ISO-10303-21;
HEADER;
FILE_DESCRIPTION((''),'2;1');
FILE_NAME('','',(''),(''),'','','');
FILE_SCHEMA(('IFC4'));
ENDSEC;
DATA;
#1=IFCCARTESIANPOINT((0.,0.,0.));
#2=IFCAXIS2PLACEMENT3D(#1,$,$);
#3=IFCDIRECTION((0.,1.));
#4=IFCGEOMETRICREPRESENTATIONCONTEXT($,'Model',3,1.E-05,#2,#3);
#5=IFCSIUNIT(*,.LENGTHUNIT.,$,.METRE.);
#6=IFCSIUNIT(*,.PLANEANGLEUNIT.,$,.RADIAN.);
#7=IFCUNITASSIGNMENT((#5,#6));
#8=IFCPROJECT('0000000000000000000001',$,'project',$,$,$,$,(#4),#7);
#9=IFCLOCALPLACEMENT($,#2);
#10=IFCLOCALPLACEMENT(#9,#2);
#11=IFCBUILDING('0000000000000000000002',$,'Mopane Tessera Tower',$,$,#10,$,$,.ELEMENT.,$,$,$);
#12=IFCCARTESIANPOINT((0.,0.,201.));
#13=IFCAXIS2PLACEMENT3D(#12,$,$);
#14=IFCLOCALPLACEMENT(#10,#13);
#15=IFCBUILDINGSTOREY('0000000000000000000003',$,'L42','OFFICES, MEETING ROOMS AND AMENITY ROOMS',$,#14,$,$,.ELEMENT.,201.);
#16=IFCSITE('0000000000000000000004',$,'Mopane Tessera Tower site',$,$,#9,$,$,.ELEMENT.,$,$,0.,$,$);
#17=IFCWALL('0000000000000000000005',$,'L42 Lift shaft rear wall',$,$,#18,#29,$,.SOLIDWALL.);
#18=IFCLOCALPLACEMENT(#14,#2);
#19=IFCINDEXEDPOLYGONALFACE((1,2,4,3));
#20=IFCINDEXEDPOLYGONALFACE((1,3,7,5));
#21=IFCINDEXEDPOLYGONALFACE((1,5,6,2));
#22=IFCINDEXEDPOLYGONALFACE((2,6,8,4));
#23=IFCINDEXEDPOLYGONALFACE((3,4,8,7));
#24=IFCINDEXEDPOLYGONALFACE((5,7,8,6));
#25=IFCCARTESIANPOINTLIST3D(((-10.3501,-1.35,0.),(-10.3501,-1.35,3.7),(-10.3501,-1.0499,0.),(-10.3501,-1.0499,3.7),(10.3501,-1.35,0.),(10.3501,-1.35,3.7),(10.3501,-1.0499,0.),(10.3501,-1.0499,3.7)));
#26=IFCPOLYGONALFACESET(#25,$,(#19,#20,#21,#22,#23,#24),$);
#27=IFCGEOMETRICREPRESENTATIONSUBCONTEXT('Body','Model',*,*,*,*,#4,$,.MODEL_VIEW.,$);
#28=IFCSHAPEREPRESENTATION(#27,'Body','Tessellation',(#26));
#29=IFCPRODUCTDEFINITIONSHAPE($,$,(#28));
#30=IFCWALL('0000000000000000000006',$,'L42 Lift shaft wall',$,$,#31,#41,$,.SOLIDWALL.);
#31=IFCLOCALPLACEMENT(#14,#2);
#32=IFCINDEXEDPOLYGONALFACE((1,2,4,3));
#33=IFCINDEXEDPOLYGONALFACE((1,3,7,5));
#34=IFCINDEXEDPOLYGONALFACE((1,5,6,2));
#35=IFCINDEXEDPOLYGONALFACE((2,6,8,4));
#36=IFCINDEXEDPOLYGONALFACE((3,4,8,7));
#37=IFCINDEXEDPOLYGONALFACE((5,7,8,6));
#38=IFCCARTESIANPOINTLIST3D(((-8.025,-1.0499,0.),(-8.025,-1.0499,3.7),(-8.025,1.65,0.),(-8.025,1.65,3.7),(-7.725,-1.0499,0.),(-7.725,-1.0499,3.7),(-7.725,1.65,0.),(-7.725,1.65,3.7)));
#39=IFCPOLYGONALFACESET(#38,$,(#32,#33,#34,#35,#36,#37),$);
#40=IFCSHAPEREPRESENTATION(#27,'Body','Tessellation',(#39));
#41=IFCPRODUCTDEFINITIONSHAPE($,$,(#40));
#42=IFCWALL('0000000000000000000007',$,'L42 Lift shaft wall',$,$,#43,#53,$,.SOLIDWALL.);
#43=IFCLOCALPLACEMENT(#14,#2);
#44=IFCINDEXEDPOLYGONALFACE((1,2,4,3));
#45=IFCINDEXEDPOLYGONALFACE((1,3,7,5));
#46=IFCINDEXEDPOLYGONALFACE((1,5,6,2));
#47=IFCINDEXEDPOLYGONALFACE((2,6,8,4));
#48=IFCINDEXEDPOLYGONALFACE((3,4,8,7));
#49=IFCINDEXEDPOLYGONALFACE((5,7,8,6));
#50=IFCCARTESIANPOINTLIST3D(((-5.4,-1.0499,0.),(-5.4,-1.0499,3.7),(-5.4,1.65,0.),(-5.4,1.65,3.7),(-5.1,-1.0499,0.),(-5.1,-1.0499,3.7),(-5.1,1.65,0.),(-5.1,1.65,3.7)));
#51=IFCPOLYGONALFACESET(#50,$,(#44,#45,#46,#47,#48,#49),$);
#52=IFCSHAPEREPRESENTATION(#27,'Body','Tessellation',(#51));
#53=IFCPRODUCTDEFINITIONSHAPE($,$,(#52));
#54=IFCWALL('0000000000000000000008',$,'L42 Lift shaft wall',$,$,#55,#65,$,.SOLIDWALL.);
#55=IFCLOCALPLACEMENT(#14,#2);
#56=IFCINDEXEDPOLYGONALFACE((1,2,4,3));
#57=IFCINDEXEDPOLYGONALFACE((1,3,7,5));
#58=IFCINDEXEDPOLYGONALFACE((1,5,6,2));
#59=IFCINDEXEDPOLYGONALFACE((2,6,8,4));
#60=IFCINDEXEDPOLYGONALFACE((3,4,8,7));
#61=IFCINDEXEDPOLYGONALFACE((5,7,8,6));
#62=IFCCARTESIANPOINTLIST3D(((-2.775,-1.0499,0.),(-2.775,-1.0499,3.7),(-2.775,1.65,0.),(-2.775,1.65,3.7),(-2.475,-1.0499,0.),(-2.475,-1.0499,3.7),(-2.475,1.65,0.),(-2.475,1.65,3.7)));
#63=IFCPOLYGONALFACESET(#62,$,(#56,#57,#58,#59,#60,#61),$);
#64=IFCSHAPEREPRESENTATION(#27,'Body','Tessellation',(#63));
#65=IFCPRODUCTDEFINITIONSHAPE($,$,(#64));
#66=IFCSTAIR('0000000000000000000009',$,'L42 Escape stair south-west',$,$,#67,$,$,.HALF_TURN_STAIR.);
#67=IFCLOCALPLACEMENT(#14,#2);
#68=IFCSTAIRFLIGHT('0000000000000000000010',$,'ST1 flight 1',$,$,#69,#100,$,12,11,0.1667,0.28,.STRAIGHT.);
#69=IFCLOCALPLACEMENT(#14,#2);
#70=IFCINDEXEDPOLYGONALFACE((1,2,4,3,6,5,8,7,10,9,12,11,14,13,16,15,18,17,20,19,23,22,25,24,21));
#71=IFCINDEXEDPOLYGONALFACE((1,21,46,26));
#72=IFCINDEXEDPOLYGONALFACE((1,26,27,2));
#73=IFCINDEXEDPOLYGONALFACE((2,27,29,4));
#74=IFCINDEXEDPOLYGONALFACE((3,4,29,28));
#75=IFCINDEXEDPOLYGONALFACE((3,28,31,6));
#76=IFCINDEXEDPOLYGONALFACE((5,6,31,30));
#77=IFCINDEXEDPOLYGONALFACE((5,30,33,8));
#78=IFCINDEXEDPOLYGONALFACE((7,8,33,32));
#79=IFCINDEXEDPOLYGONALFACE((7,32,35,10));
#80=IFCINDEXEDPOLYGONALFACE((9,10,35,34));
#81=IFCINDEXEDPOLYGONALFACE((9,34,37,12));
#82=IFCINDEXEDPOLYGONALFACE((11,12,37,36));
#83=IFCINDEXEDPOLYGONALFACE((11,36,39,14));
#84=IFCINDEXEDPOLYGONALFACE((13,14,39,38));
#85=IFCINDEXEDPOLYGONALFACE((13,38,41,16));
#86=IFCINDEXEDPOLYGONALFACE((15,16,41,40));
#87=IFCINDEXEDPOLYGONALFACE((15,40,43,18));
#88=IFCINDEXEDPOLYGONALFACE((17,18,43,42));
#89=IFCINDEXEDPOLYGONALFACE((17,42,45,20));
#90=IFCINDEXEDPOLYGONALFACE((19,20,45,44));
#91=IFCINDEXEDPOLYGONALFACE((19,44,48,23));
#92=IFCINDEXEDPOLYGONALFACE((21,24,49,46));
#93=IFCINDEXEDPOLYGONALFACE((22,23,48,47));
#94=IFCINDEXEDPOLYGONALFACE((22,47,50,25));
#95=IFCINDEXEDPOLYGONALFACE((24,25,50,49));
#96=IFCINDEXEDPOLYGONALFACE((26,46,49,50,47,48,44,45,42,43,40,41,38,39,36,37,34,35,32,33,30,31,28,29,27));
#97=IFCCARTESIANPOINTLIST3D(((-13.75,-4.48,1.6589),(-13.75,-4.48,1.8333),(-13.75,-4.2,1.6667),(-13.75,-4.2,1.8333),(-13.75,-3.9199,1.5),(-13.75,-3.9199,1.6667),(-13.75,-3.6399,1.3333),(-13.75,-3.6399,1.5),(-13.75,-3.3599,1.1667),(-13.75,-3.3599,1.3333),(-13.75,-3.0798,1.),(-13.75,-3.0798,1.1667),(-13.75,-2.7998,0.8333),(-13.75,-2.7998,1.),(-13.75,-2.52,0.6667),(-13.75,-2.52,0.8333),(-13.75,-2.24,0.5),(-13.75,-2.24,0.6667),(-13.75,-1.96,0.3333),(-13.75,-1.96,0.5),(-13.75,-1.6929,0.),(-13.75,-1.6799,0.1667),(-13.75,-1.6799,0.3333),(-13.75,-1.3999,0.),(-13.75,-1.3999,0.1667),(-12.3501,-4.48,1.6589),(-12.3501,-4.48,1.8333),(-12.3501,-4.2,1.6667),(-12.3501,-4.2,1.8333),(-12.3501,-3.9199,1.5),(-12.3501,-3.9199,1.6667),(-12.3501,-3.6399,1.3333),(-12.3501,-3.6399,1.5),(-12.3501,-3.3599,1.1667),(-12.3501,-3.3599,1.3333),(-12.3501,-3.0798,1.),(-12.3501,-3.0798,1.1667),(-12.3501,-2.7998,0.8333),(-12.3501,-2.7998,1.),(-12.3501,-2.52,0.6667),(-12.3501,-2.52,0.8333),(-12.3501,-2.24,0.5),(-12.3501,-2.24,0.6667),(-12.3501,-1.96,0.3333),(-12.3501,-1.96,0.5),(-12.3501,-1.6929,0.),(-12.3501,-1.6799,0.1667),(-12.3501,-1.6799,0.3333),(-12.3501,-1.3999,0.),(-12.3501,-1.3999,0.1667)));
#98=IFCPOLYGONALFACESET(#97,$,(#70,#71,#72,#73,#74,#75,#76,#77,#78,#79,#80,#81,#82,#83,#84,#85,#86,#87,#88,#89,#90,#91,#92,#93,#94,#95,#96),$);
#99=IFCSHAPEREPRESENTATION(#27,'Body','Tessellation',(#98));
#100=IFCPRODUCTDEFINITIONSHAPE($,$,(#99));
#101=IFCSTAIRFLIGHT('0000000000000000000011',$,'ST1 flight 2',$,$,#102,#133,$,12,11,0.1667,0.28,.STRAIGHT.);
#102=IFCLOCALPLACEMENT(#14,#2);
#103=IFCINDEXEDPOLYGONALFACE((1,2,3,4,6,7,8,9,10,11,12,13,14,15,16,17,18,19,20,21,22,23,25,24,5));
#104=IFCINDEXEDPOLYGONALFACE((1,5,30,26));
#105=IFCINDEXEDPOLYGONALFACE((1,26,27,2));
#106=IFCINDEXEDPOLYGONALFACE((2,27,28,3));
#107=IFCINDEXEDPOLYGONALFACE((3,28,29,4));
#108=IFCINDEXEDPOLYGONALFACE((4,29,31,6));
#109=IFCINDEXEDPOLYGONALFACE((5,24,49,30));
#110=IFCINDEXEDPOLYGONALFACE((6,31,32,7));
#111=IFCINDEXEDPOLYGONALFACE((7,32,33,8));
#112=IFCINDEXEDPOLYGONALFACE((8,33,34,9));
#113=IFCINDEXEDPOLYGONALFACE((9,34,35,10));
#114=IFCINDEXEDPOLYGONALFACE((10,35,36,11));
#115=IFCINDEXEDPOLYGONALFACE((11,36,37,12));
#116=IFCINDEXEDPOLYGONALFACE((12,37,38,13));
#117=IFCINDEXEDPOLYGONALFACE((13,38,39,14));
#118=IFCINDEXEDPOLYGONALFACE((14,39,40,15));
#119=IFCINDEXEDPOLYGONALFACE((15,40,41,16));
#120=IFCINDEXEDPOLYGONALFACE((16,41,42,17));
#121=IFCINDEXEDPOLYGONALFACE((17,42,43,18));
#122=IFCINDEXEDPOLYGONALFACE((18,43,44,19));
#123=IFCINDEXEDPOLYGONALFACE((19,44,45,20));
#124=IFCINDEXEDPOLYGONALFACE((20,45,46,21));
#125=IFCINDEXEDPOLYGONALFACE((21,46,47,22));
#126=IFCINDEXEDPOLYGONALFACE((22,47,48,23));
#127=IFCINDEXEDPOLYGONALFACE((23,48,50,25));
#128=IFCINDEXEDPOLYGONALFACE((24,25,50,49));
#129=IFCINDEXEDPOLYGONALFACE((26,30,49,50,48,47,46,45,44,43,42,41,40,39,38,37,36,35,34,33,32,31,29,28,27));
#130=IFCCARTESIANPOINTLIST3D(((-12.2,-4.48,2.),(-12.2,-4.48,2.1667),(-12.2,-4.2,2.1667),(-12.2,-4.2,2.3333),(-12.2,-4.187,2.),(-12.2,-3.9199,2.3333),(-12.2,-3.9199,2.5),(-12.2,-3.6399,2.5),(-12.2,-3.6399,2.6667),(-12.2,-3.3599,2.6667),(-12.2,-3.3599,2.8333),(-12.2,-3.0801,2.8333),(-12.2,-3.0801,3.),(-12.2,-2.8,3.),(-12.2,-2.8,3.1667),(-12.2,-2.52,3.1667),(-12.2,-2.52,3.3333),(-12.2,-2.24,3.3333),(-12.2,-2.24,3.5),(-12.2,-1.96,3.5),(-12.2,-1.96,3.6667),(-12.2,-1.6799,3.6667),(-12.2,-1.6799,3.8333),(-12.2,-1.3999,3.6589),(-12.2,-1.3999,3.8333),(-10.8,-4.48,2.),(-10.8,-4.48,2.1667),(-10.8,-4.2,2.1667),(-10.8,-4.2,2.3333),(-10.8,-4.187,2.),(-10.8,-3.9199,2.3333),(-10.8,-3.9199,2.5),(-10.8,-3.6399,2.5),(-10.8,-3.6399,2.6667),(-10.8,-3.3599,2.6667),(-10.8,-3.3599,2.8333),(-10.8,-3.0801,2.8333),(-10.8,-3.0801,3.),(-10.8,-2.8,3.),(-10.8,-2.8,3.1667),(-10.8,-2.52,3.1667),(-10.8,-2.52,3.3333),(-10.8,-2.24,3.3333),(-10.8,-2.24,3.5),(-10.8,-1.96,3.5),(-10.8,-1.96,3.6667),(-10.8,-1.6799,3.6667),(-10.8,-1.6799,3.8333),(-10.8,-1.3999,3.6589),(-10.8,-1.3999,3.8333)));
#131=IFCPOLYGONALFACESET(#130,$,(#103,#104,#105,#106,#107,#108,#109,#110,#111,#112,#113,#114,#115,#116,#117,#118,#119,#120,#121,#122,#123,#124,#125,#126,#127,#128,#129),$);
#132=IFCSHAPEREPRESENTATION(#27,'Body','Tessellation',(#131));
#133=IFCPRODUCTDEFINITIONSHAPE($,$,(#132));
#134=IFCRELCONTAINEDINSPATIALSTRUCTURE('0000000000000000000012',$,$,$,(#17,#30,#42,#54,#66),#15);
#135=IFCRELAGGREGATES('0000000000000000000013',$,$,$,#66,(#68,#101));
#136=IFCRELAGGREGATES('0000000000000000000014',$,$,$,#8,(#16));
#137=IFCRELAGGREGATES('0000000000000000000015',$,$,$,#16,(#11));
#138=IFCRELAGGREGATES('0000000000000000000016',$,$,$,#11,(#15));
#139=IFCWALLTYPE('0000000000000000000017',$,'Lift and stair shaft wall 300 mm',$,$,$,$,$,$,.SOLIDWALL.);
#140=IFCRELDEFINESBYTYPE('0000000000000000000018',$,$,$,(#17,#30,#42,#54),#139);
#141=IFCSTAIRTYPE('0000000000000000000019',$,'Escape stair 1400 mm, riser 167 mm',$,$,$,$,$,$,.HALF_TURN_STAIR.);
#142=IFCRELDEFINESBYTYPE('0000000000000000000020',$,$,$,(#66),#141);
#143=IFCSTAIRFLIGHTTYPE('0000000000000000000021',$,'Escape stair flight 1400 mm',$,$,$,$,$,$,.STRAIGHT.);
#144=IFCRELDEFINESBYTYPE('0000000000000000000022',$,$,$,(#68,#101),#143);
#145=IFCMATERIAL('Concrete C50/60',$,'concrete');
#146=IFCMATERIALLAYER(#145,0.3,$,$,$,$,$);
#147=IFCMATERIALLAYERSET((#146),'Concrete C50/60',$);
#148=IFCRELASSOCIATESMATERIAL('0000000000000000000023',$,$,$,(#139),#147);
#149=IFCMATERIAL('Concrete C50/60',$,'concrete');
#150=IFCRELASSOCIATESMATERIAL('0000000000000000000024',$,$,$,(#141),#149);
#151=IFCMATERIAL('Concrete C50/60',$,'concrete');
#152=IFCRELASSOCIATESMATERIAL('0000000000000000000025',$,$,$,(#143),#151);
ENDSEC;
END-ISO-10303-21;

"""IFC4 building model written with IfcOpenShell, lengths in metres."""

from ifc_helpers import new_model, si_unit, direction, frame, frame_2d, origin, place, context, subcontext, project, spatial, polyline, rectangle, outline, extrude, material, layer, layer_set, type_object, element, aggregate, save


model = new_model("IFC4")

# Units and contexts
model_context = context("Model", 3, precision=1e-05, world=origin(), true_north=direction((0.0, 1.0)))
body_context = subcontext(model_context, "Body", "Model", "MODEL_VIEW")
ifc_project = project(units=[si_unit("LENGTHUNIT", "METRE"), si_unit("PLANEANGLEUNIT", "RADIAN")], contexts=[model_context])

# Site, building, storey
site_placement = place(None, origin())
site = spatial("IfcSite", under=ifc_project, at=site_placement, Name="Mopane Tessera Tower site", CompositionType="ELEMENT", RefElevation=0.0)
building_placement = place(site_placement, origin())
building = spatial("IfcBuilding", under=site, at=building_placement, Name="Mopane Tessera Tower", CompositionType="ELEMENT")
storey_placement = place(building_placement, frame((0.0, 0.0, 201.0)))
storey = spatial("IfcBuildingStorey", under=building, at=storey_placement, Name="L42", Description="OFFICES, MEETING ROOMS AND AMENITY ROOMS", CompositionType="ELEMENT", Elevation=201.0)

# Walls
ifc_material_1 = material(Name="Concrete C50/60", Category="concrete")
ifc_layer_1 = layer(ifc_material_1, 0.3)
ifc_layer_set_1 = layer_set([ifc_layer_1], Name="Concrete C50/60")
wall_type_1 = type_object("IfcWallType", Name="Lift and stair shaft wall 300 mm", PredefinedType="SOLIDWALL", material=ifc_layer_set_1)
wall_1_placement = place(storey_placement, frame((-10.3501, -1.2, 0.0), z_axis=(0.0, 0.0, 1.0), x_axis=(1.0, 0.0, 0.0)))
element("IfcWall", 1, at=wall_1_placement, inside=storey, type_object=wall_type_1, Name="L42 Lift shaft rear wall", PredefinedType="SOLIDWALL", context=body_context, shape_type="SweptSolid", body=[
    extrude(rectangle(XDim=20.7002, YDim=0.3, at=frame_2d((10.3501, 0.0))), origin(), (0.0, 0.0, 1.0), 3.7),
])
for number, where, z_axis, x_axis, name in (
    (2, (-7.875, -1.05, 0.0), (0.0, 0.0, 1.0), (0.0, 1.0, 0.0), "L42 Lift shaft wall"),
    (3, (-5.25, -1.05, 0.0), (0.0, 0.0, 1.0), (0.0, 1.0, 0.0), "L42 Lift shaft wall"),
    (4, (-2.625, -1.05, 0.0), (0.0, 0.0, 1.0), (0.0, 1.0, 0.0), "L42 Lift shaft wall"),
):
    element("IfcWall", number, at=place(storey_placement, frame(where, z_axis=z_axis, x_axis=x_axis)), inside=storey, type_object=wall_type_1, Name=name, PredefinedType="SOLIDWALL", context=body_context, shape_type="SweptSolid", body=[
        extrude(rectangle(XDim=2.7, YDim=0.3, at=frame_2d((1.3501, 0.0))), origin(), (0.0, 0.0, 1.0), 3.7),
    ])

# Stair, stair flights
ifc_material_2 = material(Name="Concrete C50/60", Category="concrete")
stair_type = type_object("IfcStairType", Name="Escape stair 1400 mm, riser 167 mm", PredefinedType="HALF_TURN_STAIR", material=ifc_material_2)
stair_placement = place(storey_placement, origin())
stair = element("IfcStair", 5, at=stair_placement, inside=storey, type_object=stair_type, Name="L42 Escape stair south-west", PredefinedType="HALF_TURN_STAIR")
ifc_material_3 = material(Name="Concrete C50/60", Category="concrete")
stair_flight_type = type_object("IfcStairFlightType", Name="Escape stair flight 1400 mm", PredefinedType="STRAIGHT", material=ifc_material_3)
stair_flight_1_placement = place(storey_placement, frame((-13.05, -1.3999, 0.0), z_axis=(0.0, 0.0, 1.0), x_axis=(0.0, -1.0, 0.0)))
stair_flight_1 = element("IfcStairFlight", 6, at=stair_flight_1_placement, type_object=stair_flight_type, Name="ST1 flight 1", NumberOfRisers=12, NumberOfTreads=11, PredefinedType="STRAIGHT", RiserHeight=0.1667, TreadLength=0.28, context=body_context, shape_type="SweptSolid", body=[
    extrude(outline(polyline([(0.0, 0.0), (0.0, 0.1667), (0.28, 0.1667), (0.28, 0.3333), (0.5601, 0.3333), (0.5601, 0.5), (0.8401, 0.5), (0.8401, 0.6667), (1.1201, 0.6667), (1.1201, 0.8333), (1.3999, 0.8333), (1.3999, 1.0), (1.6799, 1.0), (1.6799, 1.1667), (1.96, 1.1667), (1.96, 1.3333), (2.24, 1.3333), (2.24, 1.5), (2.52, 1.5), (2.52, 1.6667), (2.8, 1.6667), (2.8, 1.8333), (3.0801, 1.8333), (3.0801, 2.0), (3.0801, 1.6589), (0.293, 0.0), (0.0, 0.0)])), frame((0.0, 0.7, 0.0), z_axis=(0.0, -1.0, 0.0), x_axis=(1.0, 0.0, 0.0)), (0.0, 0.0, 1.0), 1.3999),
])
stair_flight_2_placement = place(storey_placement, frame((-11.5, -4.48, 2.0), z_axis=(0.0, 0.0, 1.0), x_axis=(0.0, 1.0, 0.0)))
stair_flight_2 = element("IfcStairFlight", 7, at=stair_flight_2_placement, type_object=stair_flight_type, Name="ST1 flight 2", NumberOfRisers=12, NumberOfTreads=11, PredefinedType="STRAIGHT", RiserHeight=0.1667, TreadLength=0.28, context=body_context, shape_type="SweptSolid", body=[
    extrude(outline(polyline([(0.0, 0.0), (0.0, 0.1667), (0.28, 0.1667), (0.28, 0.3333), (0.5601, 0.3333), (0.5601, 0.5), (0.8401, 0.5), (0.8401, 0.6667), (1.1201, 0.6667), (1.1201, 0.8333), (1.3999, 0.8333), (1.3999, 1.0), (1.6799, 1.0), (1.6799, 1.1667), (1.96, 1.1667), (1.96, 1.3333), (2.24, 1.3333), (2.24, 1.5), (2.52, 1.5), (2.52, 1.6667), (2.8, 1.6667), (2.8, 1.8333), (3.0801, 1.8333), (3.0801, 2.0), (3.0801, 1.6589), (0.293, 0.0), (0.0, 0.0)])), frame((0.0, 0.7, 0.0), z_axis=(0.0, -1.0, 0.0), x_axis=(1.0, 0.0, 0.0)), (0.0, 0.0, 1.0), 1.3999),
])
aggregate(stair, [stair_flight_1, stair_flight_2])

save(model, "model.ifc")
